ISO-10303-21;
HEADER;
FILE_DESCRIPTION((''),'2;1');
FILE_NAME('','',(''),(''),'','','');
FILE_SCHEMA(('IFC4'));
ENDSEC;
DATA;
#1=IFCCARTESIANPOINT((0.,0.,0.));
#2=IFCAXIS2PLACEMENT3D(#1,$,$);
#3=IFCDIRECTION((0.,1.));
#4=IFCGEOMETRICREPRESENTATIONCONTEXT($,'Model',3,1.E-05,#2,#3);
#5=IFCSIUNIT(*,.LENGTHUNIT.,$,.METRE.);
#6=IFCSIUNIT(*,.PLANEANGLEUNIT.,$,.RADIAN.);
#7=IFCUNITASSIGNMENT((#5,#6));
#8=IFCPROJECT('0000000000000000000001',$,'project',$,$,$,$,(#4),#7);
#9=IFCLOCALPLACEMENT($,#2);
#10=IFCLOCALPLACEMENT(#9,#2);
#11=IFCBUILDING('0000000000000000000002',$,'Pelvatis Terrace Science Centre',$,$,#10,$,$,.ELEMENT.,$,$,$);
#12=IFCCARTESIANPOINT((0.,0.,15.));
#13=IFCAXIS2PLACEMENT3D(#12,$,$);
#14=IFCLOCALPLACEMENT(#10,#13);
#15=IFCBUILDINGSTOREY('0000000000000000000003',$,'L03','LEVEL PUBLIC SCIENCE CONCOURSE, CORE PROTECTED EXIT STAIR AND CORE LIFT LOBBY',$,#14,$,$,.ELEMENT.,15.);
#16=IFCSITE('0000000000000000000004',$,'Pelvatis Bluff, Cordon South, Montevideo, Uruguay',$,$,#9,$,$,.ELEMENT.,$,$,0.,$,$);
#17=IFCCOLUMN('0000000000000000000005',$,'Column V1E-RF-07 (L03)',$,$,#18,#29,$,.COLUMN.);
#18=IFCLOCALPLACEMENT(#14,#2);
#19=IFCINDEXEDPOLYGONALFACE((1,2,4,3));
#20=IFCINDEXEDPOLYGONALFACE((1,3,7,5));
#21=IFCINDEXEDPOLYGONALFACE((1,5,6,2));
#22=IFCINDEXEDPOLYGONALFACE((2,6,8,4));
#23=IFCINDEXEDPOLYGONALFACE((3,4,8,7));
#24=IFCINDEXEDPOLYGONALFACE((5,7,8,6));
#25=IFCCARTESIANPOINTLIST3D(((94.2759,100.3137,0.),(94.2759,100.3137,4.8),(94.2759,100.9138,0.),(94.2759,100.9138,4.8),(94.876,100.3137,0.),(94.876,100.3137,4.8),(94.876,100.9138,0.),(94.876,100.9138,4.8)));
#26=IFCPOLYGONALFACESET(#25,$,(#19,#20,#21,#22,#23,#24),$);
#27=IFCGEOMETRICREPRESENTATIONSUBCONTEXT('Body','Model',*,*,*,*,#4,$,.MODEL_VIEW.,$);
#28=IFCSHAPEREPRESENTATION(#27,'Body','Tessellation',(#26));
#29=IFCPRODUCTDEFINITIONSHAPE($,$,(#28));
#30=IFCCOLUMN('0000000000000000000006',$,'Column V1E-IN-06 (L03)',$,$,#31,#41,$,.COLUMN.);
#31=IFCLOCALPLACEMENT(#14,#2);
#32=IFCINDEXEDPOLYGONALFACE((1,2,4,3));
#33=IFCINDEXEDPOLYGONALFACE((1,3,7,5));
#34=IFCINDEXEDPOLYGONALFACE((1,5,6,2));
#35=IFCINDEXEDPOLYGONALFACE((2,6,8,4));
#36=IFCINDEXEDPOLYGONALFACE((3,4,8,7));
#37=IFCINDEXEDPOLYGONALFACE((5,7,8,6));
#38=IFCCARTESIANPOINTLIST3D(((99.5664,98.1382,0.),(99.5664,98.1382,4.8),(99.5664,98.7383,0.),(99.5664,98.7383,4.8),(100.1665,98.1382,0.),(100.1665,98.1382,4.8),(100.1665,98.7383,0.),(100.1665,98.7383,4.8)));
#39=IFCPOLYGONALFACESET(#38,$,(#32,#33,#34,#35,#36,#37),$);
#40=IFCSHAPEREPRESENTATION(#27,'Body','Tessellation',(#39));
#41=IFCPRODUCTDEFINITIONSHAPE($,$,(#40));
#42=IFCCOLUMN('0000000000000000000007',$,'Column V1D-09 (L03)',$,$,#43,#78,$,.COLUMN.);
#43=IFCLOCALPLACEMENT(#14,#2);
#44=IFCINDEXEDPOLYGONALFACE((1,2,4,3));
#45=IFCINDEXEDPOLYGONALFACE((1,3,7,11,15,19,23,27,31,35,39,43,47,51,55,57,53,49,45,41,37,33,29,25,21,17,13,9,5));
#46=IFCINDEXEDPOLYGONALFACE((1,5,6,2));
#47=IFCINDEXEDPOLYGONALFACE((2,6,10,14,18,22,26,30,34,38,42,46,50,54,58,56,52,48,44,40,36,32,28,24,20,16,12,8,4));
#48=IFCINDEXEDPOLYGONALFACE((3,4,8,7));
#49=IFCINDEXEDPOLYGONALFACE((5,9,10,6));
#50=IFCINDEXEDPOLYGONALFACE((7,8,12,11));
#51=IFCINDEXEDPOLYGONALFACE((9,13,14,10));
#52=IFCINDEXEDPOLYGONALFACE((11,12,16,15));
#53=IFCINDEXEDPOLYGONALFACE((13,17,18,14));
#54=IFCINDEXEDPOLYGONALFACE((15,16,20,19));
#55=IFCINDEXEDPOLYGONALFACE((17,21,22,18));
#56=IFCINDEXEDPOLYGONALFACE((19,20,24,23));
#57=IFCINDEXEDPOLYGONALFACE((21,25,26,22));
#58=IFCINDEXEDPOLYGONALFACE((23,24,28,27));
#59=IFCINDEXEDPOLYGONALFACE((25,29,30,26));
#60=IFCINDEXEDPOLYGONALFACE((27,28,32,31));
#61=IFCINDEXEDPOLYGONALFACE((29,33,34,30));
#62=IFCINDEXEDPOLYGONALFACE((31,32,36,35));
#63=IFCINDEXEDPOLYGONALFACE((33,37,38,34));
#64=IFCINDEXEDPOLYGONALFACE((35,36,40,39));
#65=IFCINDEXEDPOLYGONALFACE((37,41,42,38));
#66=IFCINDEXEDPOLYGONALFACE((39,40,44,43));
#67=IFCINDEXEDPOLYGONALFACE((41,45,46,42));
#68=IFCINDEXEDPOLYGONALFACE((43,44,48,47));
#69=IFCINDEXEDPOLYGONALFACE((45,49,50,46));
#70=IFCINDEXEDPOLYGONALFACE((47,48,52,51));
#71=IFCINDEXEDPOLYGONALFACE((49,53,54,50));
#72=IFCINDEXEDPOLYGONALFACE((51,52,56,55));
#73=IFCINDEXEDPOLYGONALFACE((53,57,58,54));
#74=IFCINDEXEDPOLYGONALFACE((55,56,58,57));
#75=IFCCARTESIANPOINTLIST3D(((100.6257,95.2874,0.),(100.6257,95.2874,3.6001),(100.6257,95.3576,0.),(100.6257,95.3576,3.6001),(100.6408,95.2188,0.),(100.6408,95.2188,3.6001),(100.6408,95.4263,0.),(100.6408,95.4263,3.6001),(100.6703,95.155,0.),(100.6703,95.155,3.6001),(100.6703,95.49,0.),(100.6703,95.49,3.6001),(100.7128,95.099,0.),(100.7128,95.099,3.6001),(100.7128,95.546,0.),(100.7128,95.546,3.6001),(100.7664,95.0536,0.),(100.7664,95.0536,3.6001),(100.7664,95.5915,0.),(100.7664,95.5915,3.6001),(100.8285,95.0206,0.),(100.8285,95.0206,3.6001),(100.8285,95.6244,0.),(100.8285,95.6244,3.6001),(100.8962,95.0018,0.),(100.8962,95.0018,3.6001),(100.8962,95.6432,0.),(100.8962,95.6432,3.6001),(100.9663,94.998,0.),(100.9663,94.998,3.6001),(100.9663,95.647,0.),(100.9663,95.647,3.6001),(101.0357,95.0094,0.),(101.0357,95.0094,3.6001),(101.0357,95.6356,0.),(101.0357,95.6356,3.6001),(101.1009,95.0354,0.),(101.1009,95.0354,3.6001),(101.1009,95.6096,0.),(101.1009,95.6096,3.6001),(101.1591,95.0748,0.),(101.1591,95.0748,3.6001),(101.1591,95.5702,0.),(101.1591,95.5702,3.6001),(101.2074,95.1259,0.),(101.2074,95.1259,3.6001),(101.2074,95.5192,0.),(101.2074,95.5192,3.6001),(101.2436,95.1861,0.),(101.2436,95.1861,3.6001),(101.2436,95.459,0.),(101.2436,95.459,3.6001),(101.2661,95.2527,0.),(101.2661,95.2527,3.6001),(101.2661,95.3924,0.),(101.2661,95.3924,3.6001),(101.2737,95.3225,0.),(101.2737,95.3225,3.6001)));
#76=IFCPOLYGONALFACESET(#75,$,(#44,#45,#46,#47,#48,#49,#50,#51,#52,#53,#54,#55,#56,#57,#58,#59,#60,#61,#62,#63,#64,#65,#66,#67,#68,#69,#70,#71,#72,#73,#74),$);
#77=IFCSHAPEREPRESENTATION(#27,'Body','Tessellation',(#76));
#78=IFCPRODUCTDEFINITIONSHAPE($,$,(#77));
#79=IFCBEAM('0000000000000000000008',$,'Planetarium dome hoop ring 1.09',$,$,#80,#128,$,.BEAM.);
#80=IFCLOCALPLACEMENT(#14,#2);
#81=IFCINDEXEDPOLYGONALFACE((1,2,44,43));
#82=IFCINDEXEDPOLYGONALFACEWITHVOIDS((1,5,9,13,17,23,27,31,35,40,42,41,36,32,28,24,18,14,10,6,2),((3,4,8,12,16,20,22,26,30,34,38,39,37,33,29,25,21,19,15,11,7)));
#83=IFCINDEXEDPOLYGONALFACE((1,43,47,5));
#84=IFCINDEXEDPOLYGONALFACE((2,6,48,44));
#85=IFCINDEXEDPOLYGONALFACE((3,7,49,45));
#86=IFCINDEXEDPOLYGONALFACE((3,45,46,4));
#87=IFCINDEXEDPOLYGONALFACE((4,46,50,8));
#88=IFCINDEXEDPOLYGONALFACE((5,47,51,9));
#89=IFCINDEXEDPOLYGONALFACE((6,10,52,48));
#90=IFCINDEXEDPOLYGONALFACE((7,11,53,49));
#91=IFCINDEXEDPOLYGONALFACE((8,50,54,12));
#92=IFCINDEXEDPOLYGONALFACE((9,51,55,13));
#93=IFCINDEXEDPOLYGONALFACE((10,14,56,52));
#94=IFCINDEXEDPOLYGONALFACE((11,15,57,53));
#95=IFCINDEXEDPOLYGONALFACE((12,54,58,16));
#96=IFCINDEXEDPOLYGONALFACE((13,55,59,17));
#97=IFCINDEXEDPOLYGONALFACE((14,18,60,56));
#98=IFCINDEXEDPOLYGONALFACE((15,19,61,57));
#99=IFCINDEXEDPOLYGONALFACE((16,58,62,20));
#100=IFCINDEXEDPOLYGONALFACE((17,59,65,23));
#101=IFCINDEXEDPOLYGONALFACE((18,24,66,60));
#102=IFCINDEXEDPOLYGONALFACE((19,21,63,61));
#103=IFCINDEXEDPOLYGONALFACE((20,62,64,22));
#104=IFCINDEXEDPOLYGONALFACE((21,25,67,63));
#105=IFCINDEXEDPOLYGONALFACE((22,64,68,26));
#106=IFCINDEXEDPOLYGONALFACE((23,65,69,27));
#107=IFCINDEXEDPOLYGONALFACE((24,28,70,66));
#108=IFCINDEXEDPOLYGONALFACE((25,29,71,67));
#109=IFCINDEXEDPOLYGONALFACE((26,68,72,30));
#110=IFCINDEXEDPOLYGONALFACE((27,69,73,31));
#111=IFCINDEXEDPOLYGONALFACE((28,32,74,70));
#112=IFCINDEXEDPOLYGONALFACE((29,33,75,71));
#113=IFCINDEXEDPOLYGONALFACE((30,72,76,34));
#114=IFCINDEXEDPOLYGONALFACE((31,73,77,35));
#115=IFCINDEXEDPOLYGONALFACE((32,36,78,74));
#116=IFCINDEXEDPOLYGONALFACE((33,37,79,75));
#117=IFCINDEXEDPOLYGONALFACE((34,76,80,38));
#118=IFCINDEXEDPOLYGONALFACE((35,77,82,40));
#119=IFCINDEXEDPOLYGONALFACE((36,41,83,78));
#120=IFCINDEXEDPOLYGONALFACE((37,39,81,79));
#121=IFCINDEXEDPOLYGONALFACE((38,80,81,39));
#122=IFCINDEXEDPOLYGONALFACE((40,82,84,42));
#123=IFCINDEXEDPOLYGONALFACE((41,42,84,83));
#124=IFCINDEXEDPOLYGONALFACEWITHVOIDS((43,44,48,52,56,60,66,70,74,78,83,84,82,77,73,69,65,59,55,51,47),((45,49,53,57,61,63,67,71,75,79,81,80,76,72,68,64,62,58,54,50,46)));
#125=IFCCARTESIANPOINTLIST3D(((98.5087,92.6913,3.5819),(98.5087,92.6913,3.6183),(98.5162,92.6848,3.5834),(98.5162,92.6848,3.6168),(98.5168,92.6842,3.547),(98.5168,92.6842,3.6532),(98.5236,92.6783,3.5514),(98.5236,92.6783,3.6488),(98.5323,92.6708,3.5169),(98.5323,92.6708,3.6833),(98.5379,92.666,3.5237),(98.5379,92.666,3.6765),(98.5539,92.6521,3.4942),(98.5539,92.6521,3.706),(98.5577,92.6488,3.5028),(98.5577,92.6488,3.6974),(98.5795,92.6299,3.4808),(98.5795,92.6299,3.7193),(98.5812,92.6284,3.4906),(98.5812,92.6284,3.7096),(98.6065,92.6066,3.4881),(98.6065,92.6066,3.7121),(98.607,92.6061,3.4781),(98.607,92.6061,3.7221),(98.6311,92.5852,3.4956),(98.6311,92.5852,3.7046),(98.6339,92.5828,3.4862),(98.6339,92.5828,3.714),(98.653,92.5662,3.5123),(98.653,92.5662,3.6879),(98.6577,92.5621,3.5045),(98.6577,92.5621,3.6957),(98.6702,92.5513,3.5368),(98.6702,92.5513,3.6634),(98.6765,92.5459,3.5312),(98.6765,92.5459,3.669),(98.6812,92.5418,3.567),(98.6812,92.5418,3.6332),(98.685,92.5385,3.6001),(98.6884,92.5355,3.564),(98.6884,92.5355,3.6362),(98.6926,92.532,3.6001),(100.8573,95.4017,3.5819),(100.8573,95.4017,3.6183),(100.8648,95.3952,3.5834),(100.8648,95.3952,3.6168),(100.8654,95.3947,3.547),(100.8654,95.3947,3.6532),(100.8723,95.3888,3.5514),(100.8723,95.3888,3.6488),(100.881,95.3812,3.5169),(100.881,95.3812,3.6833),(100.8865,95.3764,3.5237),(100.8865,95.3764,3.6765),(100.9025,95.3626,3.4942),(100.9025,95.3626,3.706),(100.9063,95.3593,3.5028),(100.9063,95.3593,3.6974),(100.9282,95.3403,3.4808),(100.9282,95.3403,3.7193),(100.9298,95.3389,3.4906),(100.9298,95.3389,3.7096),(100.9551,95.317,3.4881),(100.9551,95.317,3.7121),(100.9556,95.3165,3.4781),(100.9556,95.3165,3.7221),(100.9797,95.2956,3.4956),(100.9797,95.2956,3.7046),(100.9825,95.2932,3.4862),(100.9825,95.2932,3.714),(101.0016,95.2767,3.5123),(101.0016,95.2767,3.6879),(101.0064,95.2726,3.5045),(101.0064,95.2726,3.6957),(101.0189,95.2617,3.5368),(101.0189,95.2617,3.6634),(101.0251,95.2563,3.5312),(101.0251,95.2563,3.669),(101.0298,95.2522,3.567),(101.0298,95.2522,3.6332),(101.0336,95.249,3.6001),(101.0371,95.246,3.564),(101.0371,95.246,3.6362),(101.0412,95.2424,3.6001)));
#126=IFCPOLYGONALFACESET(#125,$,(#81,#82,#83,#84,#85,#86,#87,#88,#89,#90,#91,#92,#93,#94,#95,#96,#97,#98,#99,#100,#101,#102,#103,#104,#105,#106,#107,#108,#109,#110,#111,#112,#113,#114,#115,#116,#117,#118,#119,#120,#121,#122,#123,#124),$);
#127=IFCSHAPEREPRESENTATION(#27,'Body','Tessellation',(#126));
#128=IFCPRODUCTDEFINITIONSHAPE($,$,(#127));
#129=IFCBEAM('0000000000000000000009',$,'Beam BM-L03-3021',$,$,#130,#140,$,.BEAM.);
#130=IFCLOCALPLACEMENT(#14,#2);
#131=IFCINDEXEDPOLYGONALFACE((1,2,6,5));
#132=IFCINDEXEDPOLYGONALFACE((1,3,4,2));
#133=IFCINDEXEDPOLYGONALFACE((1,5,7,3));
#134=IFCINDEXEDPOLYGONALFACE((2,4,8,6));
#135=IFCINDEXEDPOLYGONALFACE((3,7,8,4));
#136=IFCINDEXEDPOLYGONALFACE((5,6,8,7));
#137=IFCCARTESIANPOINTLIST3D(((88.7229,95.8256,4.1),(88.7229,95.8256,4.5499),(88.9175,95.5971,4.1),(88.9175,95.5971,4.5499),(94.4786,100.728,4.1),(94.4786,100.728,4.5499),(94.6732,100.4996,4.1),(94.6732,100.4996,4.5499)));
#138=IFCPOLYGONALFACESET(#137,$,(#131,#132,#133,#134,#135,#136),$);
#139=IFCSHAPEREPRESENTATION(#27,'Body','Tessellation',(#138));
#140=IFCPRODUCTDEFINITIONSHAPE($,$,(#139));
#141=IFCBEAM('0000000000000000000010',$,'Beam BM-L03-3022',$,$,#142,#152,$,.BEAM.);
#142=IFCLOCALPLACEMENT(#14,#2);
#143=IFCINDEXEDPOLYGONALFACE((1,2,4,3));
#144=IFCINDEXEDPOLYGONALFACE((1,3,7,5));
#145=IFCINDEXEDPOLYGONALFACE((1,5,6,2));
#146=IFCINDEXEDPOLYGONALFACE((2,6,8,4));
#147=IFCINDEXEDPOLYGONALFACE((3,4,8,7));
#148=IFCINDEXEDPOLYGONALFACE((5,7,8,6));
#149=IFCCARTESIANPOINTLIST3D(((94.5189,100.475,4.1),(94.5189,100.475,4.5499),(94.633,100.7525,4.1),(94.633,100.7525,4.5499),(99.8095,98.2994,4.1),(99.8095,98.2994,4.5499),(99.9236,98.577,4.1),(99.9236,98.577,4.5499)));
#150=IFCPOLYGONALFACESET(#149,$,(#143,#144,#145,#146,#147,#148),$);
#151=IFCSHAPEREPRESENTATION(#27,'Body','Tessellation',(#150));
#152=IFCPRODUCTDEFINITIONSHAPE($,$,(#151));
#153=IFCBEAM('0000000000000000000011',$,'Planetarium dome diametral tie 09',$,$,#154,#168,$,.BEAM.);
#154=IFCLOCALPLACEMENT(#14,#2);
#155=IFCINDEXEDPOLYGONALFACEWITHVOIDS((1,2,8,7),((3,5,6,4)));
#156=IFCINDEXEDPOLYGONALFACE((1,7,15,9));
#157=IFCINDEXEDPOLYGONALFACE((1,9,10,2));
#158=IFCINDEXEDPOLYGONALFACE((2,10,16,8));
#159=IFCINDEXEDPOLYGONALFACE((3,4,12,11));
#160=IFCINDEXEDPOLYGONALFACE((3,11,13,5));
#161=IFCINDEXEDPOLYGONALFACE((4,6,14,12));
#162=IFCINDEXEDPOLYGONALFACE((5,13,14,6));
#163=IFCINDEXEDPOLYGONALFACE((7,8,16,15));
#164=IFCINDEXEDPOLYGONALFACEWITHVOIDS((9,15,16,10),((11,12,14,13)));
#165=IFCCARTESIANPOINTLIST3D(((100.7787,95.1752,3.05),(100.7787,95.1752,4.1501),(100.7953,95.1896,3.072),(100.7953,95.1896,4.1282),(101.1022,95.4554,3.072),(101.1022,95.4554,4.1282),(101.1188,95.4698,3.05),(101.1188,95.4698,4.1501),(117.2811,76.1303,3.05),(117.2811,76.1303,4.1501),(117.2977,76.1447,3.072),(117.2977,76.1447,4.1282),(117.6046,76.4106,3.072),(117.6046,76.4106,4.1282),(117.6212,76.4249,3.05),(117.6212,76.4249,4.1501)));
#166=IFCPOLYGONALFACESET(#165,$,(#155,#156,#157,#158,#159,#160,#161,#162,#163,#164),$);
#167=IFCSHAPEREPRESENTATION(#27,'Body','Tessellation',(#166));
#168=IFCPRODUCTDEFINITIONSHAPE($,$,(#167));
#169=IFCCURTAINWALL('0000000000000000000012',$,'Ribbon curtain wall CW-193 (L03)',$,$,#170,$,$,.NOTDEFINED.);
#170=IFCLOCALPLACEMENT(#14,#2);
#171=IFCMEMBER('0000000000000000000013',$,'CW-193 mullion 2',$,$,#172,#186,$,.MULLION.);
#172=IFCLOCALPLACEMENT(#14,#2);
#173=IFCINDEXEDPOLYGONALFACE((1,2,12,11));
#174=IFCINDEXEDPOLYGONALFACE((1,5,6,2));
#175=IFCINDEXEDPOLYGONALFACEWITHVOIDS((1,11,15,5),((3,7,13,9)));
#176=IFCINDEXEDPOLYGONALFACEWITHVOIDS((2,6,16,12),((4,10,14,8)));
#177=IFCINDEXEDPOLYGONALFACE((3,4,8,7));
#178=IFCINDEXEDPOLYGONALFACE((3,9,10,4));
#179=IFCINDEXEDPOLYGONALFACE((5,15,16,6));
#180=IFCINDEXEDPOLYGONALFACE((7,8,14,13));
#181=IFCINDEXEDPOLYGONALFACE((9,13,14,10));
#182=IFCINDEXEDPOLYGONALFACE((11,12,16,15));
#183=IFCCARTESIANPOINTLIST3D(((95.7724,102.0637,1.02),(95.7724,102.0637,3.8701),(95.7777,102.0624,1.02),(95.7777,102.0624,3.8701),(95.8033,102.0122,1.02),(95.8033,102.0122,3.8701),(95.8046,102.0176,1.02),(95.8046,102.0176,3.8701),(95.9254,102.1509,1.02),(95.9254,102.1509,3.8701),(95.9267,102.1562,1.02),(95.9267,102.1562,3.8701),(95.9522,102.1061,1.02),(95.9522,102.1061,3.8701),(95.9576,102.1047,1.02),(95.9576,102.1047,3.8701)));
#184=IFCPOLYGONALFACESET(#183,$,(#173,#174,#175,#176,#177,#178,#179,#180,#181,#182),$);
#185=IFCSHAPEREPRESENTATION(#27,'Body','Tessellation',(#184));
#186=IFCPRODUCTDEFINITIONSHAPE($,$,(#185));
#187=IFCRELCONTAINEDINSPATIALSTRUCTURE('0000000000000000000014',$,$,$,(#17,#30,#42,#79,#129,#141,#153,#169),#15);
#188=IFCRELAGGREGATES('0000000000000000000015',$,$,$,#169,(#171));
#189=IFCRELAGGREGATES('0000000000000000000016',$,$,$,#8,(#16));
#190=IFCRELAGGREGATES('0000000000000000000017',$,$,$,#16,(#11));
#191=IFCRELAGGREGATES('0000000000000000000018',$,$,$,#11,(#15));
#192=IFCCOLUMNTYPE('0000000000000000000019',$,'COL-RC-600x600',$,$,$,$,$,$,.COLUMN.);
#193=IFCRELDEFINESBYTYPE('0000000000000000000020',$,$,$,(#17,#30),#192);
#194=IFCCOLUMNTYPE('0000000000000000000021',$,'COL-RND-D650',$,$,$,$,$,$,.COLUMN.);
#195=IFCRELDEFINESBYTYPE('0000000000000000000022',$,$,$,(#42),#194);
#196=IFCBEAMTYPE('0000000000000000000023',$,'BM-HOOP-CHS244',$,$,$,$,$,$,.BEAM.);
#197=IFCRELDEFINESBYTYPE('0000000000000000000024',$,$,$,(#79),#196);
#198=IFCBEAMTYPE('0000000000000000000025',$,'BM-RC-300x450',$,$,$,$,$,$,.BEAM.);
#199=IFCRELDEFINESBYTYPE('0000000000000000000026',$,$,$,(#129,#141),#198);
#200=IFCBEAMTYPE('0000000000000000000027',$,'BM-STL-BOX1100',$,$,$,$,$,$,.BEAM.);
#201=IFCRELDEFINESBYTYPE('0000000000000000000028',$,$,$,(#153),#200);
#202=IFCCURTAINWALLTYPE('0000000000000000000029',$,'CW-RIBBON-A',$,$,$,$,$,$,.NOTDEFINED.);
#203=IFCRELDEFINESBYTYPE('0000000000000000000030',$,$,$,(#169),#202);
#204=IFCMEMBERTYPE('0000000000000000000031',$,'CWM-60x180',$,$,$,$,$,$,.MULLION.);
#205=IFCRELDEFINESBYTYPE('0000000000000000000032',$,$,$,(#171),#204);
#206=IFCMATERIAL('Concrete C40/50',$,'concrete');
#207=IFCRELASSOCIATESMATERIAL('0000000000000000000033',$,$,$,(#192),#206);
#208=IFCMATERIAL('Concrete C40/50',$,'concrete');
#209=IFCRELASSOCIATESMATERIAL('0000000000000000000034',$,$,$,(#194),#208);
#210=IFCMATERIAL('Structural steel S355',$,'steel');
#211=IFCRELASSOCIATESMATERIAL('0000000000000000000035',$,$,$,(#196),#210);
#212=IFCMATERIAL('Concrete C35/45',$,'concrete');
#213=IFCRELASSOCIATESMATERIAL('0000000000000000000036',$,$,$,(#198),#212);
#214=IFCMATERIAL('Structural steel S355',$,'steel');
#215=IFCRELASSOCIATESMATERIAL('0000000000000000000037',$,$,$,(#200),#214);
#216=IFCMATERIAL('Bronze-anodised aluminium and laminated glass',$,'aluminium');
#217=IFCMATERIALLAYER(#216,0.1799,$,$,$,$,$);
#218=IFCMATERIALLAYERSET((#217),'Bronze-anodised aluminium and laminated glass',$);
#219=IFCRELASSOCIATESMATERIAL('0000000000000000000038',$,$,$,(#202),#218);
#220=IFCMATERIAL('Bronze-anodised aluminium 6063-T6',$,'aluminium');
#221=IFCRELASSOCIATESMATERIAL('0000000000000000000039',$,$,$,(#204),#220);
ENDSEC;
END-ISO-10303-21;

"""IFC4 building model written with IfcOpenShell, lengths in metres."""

from ifc_helpers import new_model, si_unit, direction, frame, origin, origin_2d, place, context, subcontext, project, spatial, rectangle, hollow_rectangle, circle, hollow_circle, extrude, material, layer, layer_set, material_profile, profile_set, type_object, element, aggregate, save


model = new_model("IFC4")

# Units and contexts
model_context = context("Model", 3, precision=1e-05, world=origin(), true_north=direction((0.0, 1.0)))
body_context = subcontext(model_context, "Body", "Model", "MODEL_VIEW")
ifc_project = project(units=[si_unit("LENGTHUNIT", "METRE"), si_unit("PLANEANGLEUNIT", "RADIAN")], contexts=[model_context])

# Site, building, storey
site_placement = place(None, origin())
site = spatial("IfcSite", under=ifc_project, at=site_placement, Name="Pelvatis Bluff, Cordon South, Montevideo, Uruguay", CompositionType="ELEMENT", RefElevation=0.0)
building_placement = place(site_placement, origin())
building = spatial("IfcBuilding", under=site, at=building_placement, Name="Pelvatis Terrace Science Centre", CompositionType="ELEMENT")
storey_placement = place(building_placement, frame((0.0, 0.0, 15.0)))
storey = spatial("IfcBuildingStorey", under=building, at=storey_placement, Name="L03", Description="LEVEL PUBLIC SCIENCE CONCOURSE, CORE PROTECTED EXIT STAIR AND CORE LIFT LOBBY", CompositionType="ELEMENT", Elevation=15.0)

# Columns
ifc_material_1 = material(Name="Concrete C40/50", Category="concrete")
ifc_material_profile_1 = material_profile(ifc_material_1, rectangle(XDim=0.6001, YDim=0.6001, at=origin_2d()), Name="RC-COL 600x600")
ifc_profile_set_1 = profile_set([ifc_material_profile_1], Name="Concrete C40/50")
column_type_1 = type_object("IfcColumnType", Name="COL-RC-600x600", PredefinedType="COLUMN", material=ifc_profile_set_1)
for number, where, z_axis, x_axis, name in (
    (1, (94.5759, 100.6138, 0.0), (0.0, 0.0, 1.0), (1.0, 0.0, 0.0), "Column V1E-RF-07 (L03)"),
    (2, (99.8665, 98.4382, 0.0), (0.0, 0.0, 1.0), (1.0, 0.0, 0.0), "Column V1E-IN-06 (L03)"),
):
    element("IfcColumn", number, at=place(storey_placement, frame(where, z_axis=z_axis, x_axis=x_axis)), inside=storey, type_object=column_type_1, Name=name, PredefinedType="COLUMN", context=body_context, shape_type="SweptSolid", body=[
        extrude(rectangle(XDim=0.6001, YDim=0.6001, at=origin_2d()), origin(), (0.0, 0.0, 1.0), 4.8),
    ])
ifc_material_2 = material(Name="Concrete C40/50", Category="concrete")
ifc_material_profile_2 = material_profile(ifc_material_2, circle(Radius=0.325, at=origin_2d()), Name="RC-RCOL D650")
ifc_profile_set_2 = profile_set([ifc_material_profile_2], Name="Concrete C40/50")
column_type_2 = type_object("IfcColumnType", Name="COL-RND-D650", PredefinedType="COLUMN", material=ifc_profile_set_2)
column_placement = place(storey_placement, frame((100.9487, 95.3225, 0.0), z_axis=(0.0, 0.0, 1.0), x_axis=(1.0, 0.0, 0.0)))
element("IfcColumn", 3, at=column_placement, inside=storey, type_object=column_type_2, Name="Column V1D-09 (L03)", PredefinedType="COLUMN", context=body_context, shape_type="SweptSolid", body=[
    extrude(circle(Radius=0.325, at=origin_2d()), origin(), (0.0, 0.0, 1.0), 3.6001),
])

# Beams
ifc_material_3 = material(Name="Structural steel S355", Category="steel")
ifc_material_profile_3 = material_profile(ifc_material_3, hollow_circle(Radius=0.1223, WallThickness=0.01, at=origin_2d()), Name="CHS 244.5x10.0")
ifc_profile_set_3 = profile_set([ifc_material_profile_3], Name="Structural steel S355")
beam_type_1 = type_object("IfcBeamType", Name="BM-HOOP-CHS244", PredefinedType="BEAM", material=ifc_profile_set_3)
beam_1_placement = place(storey_placement, frame((100.9487, 95.3225, 3.6001), z_axis=(-0.654863, -0.755747, 0.0), x_axis=(0.755747, -0.654863, 0.0)))
element("IfcBeam", 4, at=beam_1_placement, inside=storey, type_object=beam_type_1, Name="Planetarium dome hoop ring 1.09", PredefinedType="BEAM", context=body_context, shape_type="SweptSolid", body=[
    extrude(hollow_circle(Radius=0.1223, WallThickness=0.01, at=origin_2d()), origin(), (0.0, 0.0, 1.0), 3.5864),
])
ifc_material_4 = material(Name="Concrete C35/45", Category="concrete")
ifc_material_profile_4 = material_profile(ifc_material_4, rectangle(XDim=0.3, YDim=0.45, at=origin_2d()), Name="RC-BM 300x450")
ifc_profile_set_4 = profile_set([ifc_material_profile_4], Name="Concrete C35/45")
beam_type_2 = type_object("IfcBeamType", Name="BM-RC-300x450", PredefinedType="BEAM", material=ifc_profile_set_4)
beam_2_placement = place(storey_placement, frame((94.5759, 100.6138, 4.325), z_axis=(-0.761282, -0.648421, 0.0), x_axis=(0.648421, -0.761282, 0.0)))
element("IfcBeam", 5, at=beam_2_placement, inside=storey, type_object=beam_type_2, Name="Beam BM-L03-3021", PredefinedType="BEAM", context=body_context, shape_type="SweptSolid", body=[
    extrude(rectangle(XDim=0.3, YDim=0.45, at=origin_2d()), origin(), (0.0, 0.0, 1.0), 7.5605),
])
beam_3_placement = place(storey_placement, frame((94.5759, 100.6138, 4.325), z_axis=(0.924857, -0.380314, 0.0), x_axis=(0.380314, 0.924857, 0.0)))
element("IfcBeam", 6, at=beam_3_placement, inside=storey, type_object=beam_type_2, Name="Beam BM-L03-3022", PredefinedType="BEAM", context=body_context, shape_type="SweptSolid", body=[
    extrude(rectangle(XDim=0.3, YDim=0.45, at=origin_2d()), origin(), (0.0, 0.0, 1.0), 5.7205),
])
ifc_material_5 = material(Name="Structural steel S355", Category="steel")
ifc_material_profile_5 = material_profile(ifc_material_5, hollow_rectangle(XDim=0.45, YDim=1.1001, WallThickness=0.022, at=origin_2d()), Name="RHS 1100x450x22.0")
ifc_profile_set_5 = profile_set([ifc_material_profile_5], Name="Structural steel S355")
beam_type_3 = type_object("IfcBeamType", Name="BM-STL-BOX1100", PredefinedType="BEAM", material=ifc_profile_set_5)
beam_4_placement = place(storey_placement, frame((100.9487, 95.3225, 3.6001), z_axis=(0.654859, -0.755751, 0.0), x_axis=(0.755751, 0.654859, 0.0)))
element("IfcBeam", 7, at=beam_4_placement, inside=storey, type_object=beam_type_3, Name="Planetarium dome diametral tie 09", PredefinedType="BEAM", context=body_context, shape_type="SweptSolid", body=[
    extrude(hollow_rectangle(XDim=0.45, YDim=1.1001, WallThickness=0.022, at=origin_2d()), origin(), (0.0, 0.0, 1.0), 25.2),
])

# Curtain wall, member
ifc_material_6 = material(Name="Bronze-anodised aluminium and laminated glass", Category="aluminium")
ifc_layer_1 = layer(ifc_material_6, 0.1799)
ifc_layer_set_1 = layer_set([ifc_layer_1], Name="Bronze-anodised aluminium and laminated glass")
curtain_wall_type = type_object("IfcCurtainWallType", Name="CW-RIBBON-A", PredefinedType="NOTDEFINED", material=ifc_layer_set_1)
curtain_wall_placement = place(storey_placement, origin())
curtain_wall = element("IfcCurtainWall", 8, at=curtain_wall_placement, inside=storey, type_object=curtain_wall_type, Name="Ribbon curtain wall CW-193 (L03)", PredefinedType="NOTDEFINED")
ifc_material_7 = material(Name="Bronze-anodised aluminium 6063-T6", Category="aluminium")
ifc_material_profile_6 = material_profile(ifc_material_7, hollow_rectangle(XDim=0.0601, YDim=0.1799, WallThickness=0.0039, at=origin_2d()), Name="ALU-MUL 60x180")
ifc_profile_set_6 = profile_set([ifc_material_profile_6], Name="Bronze-anodised aluminium 6063-T6")
member_type_1 = type_object("IfcMemberType", Name="CWM-60x180", PredefinedType="MULLION", material=ifc_profile_set_6)
member_1_placement = place(storey_placement, frame((95.865, 102.0842, 1.02), z_axis=(0.0, 0.0, 1.0), x_axis=(0.513996, -0.857793, 0.0)))
member_1 = element("IfcMember", 9, at=member_1_placement, type_object=member_type_1, Name="CW-193 mullion 2", PredefinedType="MULLION", context=body_context, shape_type="SweptSolid", body=[
    extrude(hollow_rectangle(XDim=0.0601, YDim=0.1799, WallThickness=0.0039, at=origin_2d()), origin(), (0.0, 0.0, 1.0), 2.8501),
])
aggregate(curtain_wall, [member_1])

save(model, "model.ifc")
